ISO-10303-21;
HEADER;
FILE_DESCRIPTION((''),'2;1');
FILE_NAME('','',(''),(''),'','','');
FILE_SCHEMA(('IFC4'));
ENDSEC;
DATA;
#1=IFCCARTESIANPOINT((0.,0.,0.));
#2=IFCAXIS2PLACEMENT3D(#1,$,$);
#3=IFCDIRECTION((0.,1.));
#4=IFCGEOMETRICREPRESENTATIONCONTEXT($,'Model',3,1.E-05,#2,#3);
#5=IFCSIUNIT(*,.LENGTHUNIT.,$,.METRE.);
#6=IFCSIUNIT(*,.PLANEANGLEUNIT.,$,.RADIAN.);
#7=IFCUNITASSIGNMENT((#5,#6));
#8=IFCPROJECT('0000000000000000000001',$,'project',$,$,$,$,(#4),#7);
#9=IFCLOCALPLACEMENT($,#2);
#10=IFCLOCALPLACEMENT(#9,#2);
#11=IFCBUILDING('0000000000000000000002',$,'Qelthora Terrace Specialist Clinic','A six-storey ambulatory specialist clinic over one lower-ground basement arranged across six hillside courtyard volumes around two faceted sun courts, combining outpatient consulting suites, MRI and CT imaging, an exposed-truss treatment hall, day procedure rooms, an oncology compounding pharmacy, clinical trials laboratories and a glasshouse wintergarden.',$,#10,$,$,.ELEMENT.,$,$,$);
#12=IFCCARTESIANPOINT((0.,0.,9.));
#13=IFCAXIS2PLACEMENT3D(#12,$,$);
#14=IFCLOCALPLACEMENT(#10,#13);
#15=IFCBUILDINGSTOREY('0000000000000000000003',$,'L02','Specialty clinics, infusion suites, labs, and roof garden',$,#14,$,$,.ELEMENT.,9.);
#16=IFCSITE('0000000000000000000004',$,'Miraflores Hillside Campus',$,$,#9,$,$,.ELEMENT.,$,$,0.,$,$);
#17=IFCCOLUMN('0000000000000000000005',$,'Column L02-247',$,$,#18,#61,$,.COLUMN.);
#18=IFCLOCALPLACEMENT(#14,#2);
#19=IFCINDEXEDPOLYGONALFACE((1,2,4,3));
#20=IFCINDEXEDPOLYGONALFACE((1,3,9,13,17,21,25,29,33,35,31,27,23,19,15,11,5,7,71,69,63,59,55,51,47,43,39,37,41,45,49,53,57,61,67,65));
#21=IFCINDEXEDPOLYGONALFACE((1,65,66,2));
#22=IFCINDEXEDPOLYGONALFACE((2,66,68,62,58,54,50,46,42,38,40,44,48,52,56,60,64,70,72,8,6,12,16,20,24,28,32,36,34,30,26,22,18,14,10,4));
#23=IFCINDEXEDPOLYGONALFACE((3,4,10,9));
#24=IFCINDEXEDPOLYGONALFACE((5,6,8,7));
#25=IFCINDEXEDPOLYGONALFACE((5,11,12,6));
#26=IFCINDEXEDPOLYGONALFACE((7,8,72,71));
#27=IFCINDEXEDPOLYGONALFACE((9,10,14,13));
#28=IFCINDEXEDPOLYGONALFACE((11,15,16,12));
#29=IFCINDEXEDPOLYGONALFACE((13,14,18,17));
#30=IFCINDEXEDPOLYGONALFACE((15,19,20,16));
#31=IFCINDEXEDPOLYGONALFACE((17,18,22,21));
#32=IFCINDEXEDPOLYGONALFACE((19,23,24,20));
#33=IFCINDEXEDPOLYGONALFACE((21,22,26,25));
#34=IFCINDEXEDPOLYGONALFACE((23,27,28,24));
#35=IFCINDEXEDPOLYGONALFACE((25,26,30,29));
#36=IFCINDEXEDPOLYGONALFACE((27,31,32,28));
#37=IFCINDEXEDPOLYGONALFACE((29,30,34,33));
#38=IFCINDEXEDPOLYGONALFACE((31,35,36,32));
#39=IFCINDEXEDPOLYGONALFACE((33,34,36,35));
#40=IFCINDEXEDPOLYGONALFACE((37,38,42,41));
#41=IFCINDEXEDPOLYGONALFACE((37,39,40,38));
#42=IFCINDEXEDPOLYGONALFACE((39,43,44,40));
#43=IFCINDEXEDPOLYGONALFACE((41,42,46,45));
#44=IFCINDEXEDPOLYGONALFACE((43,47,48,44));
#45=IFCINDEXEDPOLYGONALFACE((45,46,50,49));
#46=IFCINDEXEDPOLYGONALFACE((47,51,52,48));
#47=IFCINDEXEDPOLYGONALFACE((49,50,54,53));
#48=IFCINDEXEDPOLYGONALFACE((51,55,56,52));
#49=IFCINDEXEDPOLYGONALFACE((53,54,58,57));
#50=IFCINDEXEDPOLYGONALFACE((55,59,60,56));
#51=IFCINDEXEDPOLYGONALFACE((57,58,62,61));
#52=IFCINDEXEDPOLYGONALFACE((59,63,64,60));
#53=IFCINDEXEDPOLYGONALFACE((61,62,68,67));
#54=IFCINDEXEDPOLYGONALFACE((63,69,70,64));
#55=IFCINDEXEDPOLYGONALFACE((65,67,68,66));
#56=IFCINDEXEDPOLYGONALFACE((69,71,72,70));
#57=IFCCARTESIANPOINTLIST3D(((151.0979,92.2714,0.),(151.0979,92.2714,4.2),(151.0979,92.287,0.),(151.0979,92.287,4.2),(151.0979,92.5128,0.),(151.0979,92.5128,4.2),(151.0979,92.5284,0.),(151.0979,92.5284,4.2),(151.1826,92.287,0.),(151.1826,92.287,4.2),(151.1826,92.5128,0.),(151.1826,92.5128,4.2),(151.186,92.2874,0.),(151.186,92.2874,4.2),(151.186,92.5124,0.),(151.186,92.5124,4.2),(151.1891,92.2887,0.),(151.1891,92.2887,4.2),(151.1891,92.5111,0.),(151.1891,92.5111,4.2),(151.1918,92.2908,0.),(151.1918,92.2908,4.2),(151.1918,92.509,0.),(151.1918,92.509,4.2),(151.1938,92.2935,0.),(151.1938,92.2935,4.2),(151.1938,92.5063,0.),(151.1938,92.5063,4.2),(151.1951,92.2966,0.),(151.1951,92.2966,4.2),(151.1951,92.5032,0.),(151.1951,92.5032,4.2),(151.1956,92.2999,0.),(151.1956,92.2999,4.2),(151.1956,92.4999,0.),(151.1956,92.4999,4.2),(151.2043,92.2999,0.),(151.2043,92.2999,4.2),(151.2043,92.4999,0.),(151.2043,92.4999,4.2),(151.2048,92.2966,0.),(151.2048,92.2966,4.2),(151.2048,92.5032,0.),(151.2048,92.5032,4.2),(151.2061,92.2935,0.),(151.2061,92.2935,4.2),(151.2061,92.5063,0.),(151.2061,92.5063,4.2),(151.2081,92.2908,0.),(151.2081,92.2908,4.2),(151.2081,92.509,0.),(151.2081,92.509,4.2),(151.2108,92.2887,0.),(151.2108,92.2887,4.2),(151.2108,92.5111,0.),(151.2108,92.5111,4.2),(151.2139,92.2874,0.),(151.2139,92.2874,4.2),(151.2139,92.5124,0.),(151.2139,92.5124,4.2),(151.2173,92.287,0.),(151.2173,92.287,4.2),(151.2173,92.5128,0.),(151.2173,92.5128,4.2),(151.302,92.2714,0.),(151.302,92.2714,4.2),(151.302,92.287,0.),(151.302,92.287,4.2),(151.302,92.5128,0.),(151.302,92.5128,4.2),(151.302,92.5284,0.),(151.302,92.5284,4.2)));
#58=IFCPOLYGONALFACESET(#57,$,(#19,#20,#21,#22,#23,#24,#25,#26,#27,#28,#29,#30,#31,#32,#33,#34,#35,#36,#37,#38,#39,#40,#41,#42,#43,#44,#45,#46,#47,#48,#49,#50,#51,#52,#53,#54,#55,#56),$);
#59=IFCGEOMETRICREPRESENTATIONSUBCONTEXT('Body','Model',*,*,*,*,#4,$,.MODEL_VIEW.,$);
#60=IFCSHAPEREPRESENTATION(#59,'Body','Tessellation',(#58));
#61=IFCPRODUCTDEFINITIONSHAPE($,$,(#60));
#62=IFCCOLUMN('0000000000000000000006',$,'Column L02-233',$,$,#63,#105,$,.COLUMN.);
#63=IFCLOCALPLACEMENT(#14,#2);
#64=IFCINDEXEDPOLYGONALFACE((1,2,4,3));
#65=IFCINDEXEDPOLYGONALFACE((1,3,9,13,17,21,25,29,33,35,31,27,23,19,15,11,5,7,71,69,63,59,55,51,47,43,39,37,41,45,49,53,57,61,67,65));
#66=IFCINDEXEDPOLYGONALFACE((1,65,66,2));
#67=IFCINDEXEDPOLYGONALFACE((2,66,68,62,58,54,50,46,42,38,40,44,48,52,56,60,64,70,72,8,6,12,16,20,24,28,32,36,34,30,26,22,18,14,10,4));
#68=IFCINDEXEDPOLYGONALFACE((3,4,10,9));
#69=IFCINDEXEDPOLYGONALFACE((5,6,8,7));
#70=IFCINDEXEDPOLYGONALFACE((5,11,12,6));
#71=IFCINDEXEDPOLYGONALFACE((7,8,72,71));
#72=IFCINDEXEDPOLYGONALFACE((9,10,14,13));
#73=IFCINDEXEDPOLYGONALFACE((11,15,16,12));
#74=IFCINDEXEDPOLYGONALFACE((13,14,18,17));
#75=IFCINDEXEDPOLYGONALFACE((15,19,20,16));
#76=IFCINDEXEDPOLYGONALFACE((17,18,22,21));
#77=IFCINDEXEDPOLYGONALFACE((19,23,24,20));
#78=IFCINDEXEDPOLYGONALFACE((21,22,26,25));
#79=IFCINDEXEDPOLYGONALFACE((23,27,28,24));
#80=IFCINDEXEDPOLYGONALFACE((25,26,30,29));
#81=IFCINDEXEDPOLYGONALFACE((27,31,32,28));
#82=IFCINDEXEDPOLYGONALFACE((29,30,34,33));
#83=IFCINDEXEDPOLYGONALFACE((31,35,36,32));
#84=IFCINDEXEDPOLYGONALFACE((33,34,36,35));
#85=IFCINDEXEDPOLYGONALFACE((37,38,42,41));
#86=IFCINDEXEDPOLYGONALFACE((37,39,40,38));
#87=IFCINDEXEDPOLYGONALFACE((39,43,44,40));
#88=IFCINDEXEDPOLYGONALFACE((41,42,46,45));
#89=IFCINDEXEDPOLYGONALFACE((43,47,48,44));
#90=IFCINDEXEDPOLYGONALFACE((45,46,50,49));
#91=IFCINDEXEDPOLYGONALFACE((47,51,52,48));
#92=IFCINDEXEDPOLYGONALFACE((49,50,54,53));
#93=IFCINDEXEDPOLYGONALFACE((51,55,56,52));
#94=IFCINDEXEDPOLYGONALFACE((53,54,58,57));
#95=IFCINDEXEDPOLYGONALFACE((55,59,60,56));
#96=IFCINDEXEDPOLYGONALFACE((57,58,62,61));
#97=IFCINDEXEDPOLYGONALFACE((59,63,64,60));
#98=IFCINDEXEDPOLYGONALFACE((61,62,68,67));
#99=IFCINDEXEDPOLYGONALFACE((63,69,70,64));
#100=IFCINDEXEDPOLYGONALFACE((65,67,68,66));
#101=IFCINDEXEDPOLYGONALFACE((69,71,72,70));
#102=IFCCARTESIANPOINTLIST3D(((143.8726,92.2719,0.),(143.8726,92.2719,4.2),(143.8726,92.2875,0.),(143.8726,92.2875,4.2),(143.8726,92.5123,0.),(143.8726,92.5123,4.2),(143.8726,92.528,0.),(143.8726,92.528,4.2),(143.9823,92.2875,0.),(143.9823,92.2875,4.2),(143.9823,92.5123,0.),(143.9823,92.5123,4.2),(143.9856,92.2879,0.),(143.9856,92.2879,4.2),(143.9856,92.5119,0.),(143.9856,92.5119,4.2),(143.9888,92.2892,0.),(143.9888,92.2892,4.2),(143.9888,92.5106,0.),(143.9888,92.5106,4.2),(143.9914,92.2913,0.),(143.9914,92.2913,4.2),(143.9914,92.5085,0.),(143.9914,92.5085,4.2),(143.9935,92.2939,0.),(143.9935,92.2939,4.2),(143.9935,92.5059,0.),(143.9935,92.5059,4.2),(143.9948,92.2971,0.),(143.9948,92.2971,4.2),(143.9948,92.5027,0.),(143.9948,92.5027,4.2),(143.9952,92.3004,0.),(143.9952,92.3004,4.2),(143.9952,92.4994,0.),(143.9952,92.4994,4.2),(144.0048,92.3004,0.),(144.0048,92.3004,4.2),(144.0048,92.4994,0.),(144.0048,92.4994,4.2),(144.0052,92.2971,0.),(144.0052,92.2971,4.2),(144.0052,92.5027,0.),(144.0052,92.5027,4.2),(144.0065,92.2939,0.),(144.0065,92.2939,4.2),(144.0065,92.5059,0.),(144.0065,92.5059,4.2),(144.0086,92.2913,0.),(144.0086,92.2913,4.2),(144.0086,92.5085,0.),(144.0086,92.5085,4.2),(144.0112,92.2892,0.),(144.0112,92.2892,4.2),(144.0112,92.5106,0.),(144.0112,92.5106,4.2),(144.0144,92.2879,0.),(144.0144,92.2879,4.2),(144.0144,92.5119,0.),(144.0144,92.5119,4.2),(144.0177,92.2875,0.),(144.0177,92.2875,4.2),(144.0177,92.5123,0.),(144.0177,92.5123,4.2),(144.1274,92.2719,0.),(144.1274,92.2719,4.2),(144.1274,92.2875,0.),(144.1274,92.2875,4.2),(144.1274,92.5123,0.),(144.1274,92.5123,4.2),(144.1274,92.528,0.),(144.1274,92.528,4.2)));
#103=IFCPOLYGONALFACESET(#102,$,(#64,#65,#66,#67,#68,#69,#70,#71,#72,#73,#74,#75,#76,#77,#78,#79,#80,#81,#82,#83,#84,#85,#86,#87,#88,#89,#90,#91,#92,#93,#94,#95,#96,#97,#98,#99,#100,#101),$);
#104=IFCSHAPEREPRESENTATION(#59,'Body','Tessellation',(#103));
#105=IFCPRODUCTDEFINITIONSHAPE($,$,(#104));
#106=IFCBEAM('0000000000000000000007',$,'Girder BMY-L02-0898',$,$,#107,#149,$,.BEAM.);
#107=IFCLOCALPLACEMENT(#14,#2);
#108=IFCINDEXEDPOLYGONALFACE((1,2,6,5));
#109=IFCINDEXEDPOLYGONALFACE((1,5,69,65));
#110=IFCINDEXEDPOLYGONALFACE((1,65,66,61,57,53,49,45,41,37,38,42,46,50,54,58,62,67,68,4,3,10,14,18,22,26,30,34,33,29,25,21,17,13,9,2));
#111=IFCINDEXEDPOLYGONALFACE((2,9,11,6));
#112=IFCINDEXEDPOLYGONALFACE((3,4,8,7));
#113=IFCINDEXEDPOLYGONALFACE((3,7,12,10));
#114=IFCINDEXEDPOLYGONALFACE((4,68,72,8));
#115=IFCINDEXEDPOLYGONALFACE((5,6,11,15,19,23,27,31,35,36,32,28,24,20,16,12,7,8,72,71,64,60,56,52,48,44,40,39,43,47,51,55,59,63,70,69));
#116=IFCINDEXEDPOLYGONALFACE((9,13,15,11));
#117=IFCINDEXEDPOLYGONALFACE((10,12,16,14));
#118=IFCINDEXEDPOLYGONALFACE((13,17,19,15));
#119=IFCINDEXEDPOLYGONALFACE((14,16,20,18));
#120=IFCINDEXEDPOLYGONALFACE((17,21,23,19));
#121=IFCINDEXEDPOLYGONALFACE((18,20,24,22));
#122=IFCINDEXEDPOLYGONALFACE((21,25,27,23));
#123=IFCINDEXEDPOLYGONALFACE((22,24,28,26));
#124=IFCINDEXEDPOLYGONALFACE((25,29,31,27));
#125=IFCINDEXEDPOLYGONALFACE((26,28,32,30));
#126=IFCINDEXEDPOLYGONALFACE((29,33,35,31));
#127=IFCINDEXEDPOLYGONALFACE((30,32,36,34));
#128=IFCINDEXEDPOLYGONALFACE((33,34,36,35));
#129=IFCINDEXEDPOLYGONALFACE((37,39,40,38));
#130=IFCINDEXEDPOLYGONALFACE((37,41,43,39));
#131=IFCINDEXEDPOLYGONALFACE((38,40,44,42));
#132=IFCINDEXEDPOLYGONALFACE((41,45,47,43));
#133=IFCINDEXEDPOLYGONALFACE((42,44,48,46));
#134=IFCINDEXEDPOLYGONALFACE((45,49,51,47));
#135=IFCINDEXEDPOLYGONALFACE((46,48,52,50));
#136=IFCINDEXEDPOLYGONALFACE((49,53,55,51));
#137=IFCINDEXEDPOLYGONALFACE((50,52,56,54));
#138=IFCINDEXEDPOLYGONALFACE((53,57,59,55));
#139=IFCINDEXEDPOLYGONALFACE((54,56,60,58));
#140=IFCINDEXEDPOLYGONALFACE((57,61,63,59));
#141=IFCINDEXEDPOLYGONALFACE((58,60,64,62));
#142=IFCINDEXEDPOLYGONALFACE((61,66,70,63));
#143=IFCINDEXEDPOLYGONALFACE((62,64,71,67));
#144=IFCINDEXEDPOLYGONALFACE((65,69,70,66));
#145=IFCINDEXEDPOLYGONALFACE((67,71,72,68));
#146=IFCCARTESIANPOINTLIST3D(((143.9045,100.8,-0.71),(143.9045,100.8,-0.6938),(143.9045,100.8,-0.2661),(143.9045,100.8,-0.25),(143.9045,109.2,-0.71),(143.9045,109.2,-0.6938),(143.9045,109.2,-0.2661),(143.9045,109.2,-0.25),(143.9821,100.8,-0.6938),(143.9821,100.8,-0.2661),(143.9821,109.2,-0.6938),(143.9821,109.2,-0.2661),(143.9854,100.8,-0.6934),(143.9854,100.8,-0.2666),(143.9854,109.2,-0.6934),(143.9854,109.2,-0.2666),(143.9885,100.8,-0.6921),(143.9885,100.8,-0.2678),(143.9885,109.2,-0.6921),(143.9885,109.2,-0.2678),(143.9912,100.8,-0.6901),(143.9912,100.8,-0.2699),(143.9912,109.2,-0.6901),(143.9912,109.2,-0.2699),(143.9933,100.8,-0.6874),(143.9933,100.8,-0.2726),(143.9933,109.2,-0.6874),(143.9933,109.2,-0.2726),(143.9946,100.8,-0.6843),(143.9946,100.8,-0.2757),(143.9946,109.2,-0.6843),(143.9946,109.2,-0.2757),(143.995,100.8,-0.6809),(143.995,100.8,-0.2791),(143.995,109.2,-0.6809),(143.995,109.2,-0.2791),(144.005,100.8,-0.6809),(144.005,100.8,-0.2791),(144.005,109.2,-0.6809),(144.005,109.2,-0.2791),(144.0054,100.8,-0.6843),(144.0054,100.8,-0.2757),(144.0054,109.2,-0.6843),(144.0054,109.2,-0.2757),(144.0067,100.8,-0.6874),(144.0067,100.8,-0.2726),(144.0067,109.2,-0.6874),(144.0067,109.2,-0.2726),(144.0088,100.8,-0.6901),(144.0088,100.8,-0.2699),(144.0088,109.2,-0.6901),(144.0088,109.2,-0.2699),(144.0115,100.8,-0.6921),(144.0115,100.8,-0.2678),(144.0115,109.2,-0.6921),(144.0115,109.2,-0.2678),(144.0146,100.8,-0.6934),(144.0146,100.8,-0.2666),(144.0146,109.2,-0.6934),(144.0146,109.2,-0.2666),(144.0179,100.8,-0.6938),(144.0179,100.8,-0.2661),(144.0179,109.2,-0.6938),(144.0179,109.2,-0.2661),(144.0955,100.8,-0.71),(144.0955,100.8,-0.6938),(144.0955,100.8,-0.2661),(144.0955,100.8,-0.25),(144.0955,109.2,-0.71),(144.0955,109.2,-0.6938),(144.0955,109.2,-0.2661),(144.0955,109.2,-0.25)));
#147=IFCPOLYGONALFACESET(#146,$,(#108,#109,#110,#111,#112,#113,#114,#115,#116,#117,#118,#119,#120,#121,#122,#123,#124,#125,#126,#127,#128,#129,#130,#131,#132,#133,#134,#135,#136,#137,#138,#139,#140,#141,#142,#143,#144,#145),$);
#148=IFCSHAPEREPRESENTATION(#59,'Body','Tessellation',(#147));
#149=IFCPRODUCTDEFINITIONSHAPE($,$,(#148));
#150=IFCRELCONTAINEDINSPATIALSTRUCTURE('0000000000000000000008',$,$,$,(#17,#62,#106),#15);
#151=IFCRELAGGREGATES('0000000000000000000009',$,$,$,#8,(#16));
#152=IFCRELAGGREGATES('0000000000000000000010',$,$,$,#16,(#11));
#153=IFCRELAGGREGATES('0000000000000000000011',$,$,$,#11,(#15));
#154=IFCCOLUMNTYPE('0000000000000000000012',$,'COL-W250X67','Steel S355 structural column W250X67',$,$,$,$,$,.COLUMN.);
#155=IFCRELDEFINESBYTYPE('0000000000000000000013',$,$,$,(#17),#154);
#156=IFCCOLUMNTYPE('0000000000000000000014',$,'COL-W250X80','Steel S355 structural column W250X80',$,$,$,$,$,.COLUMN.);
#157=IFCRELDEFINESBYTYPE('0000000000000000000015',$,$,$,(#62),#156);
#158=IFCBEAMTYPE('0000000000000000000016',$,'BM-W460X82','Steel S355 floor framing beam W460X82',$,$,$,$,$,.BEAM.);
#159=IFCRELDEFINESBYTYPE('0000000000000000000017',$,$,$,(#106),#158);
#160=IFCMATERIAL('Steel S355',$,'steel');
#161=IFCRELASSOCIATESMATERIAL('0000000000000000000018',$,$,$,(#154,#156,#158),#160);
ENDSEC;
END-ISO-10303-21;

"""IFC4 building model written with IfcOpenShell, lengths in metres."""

from ifc_helpers import new_model, si_unit, direction, frame, origin, origin_2d, place, context, subcontext, project, spatial, i_section, extrude, material, material_profile, profile_set, type_object, element, save


model = new_model("IFC4")

# Units and contexts
model_context = context("Model", 3, precision=1e-05, world=origin(), true_north=direction((0.0, 1.0)))
body_context = subcontext(model_context, "Body", "Model", "MODEL_VIEW")
ifc_project = project(units=[si_unit("LENGTHUNIT", "METRE"), si_unit("PLANEANGLEUNIT", "RADIAN")], contexts=[model_context])

# Site, building, storey
site_placement = place(None, origin())
site = spatial("IfcSite", under=ifc_project, at=site_placement, Name="Miraflores Hillside Campus", CompositionType="ELEMENT", RefElevation=0.0)
building_placement = place(site_placement, origin())
building = spatial("IfcBuilding", under=site, at=building_placement, Name="Qelthora Terrace Specialist Clinic", Description="A six-storey ambulatory specialist clinic over one lower-ground basement arranged across six hillside courtyard volumes around two faceted sun courts, combining outpatient consulting suites, MRI and CT imaging, an exposed-truss treatment hall, day procedure rooms, an oncology compounding pharmacy, clinical trials laboratories and a glasshouse wintergarden.", CompositionType="ELEMENT")
storey_placement = place(building_placement, frame((0.0, 0.0, 9.0)))
storey = spatial("IfcBuildingStorey", under=building, at=storey_placement, Name="L02", Description="Specialty clinics, infusion suites, labs, and roof garden", CompositionType="ELEMENT", Elevation=9.0)

# Columns
ifc_material_1 = material(Name="Steel S355", Category="steel")
ifc_material_profile_1 = material_profile(ifc_material_1, i_section(OverallWidth=0.2041, OverallDepth=0.2571, WebThickness=0.0088, FlangeThickness=0.0156, FilletRadius=0.0129, at=origin_2d()), Name="W250X67")
ifc_profile_set_1 = profile_set([ifc_material_profile_1], Name="Steel S355")
column_type_1 = type_object("IfcColumnType", Name="COL-W250X67", Description="Steel S355 structural column W250X67", PredefinedType="COLUMN", material=ifc_profile_set_1)
column_1_placement = place(storey_placement, frame((151.2, 92.3999, 0.0), z_axis=(0.0, 0.0, 1.0), x_axis=(1.0, 0.0, 0.0)))
element("IfcColumn", 1, at=column_1_placement, inside=storey, type_object=column_type_1, Name="Column L02-247", PredefinedType="COLUMN", context=body_context, shape_type="SweptSolid", body=[
    extrude(i_section(OverallWidth=0.2041, OverallDepth=0.2571, WebThickness=0.0088, FlangeThickness=0.0156, FilletRadius=0.0129, at=origin_2d()), origin(), (0.0, 0.0, 1.0), 4.2),
])
ifc_material_profile_2 = material_profile(ifc_material_1, i_section(OverallWidth=0.2549, OverallDepth=0.2561, WebThickness=0.0095, FlangeThickness=0.0156, FilletRadius=0.0129, at=origin_2d()), Name="W250X80")
ifc_profile_set_2 = profile_set([ifc_material_profile_2], Name="Steel S355")
column_type_2 = type_object("IfcColumnType", Name="COL-W250X80", Description="Steel S355 structural column W250X80", PredefinedType="COLUMN", material=ifc_profile_set_2)
column_2_placement = place(storey_placement, frame((144.0, 92.3999, 0.0), z_axis=(0.0, 0.0, 1.0), x_axis=(1.0, 0.0, 0.0)))
element("IfcColumn", 2, at=column_2_placement, inside=storey, type_object=column_type_2, Name="Column L02-233", PredefinedType="COLUMN", context=body_context, shape_type="SweptSolid", body=[
    extrude(i_section(OverallWidth=0.2549, OverallDepth=0.2561, WebThickness=0.0095, FlangeThickness=0.0156, FilletRadius=0.0129, at=origin_2d()), origin(), (0.0, 0.0, 1.0), 4.2),
])

# Beam
ifc_material_profile_3 = material_profile(ifc_material_1, i_section(OverallWidth=0.1909, OverallDepth=0.46, WebThickness=0.01, FlangeThickness=0.0161, FilletRadius=0.0129, at=origin_2d()), Name="W460X82")
ifc_profile_set_3 = profile_set([ifc_material_profile_3], Name="Steel S355")
beam_type_1 = type_object("IfcBeamType", Name="BM-W460X82", Description="Steel S355 floor framing beam W460X82", PredefinedType="BEAM", material=ifc_profile_set_3)
beam_1_placement = place(storey_placement, frame((144.0, 100.8, -0.48), z_axis=(0.0, 1.0, 0.0), x_axis=(-1.0, 0.0, 0.0)))
element("IfcBeam", 3, at=beam_1_placement, inside=storey, type_object=beam_type_1, Name="Girder BMY-L02-0898", PredefinedType="BEAM", context=body_context, shape_type="SweptSolid", body=[
    extrude(i_section(OverallWidth=0.1909, OverallDepth=0.46, WebThickness=0.01, FlangeThickness=0.0161, FilletRadius=0.0129, at=origin_2d()), origin(), (0.0, 0.0, 1.0), 8.3999),
])

save(model, "model.ifc")
